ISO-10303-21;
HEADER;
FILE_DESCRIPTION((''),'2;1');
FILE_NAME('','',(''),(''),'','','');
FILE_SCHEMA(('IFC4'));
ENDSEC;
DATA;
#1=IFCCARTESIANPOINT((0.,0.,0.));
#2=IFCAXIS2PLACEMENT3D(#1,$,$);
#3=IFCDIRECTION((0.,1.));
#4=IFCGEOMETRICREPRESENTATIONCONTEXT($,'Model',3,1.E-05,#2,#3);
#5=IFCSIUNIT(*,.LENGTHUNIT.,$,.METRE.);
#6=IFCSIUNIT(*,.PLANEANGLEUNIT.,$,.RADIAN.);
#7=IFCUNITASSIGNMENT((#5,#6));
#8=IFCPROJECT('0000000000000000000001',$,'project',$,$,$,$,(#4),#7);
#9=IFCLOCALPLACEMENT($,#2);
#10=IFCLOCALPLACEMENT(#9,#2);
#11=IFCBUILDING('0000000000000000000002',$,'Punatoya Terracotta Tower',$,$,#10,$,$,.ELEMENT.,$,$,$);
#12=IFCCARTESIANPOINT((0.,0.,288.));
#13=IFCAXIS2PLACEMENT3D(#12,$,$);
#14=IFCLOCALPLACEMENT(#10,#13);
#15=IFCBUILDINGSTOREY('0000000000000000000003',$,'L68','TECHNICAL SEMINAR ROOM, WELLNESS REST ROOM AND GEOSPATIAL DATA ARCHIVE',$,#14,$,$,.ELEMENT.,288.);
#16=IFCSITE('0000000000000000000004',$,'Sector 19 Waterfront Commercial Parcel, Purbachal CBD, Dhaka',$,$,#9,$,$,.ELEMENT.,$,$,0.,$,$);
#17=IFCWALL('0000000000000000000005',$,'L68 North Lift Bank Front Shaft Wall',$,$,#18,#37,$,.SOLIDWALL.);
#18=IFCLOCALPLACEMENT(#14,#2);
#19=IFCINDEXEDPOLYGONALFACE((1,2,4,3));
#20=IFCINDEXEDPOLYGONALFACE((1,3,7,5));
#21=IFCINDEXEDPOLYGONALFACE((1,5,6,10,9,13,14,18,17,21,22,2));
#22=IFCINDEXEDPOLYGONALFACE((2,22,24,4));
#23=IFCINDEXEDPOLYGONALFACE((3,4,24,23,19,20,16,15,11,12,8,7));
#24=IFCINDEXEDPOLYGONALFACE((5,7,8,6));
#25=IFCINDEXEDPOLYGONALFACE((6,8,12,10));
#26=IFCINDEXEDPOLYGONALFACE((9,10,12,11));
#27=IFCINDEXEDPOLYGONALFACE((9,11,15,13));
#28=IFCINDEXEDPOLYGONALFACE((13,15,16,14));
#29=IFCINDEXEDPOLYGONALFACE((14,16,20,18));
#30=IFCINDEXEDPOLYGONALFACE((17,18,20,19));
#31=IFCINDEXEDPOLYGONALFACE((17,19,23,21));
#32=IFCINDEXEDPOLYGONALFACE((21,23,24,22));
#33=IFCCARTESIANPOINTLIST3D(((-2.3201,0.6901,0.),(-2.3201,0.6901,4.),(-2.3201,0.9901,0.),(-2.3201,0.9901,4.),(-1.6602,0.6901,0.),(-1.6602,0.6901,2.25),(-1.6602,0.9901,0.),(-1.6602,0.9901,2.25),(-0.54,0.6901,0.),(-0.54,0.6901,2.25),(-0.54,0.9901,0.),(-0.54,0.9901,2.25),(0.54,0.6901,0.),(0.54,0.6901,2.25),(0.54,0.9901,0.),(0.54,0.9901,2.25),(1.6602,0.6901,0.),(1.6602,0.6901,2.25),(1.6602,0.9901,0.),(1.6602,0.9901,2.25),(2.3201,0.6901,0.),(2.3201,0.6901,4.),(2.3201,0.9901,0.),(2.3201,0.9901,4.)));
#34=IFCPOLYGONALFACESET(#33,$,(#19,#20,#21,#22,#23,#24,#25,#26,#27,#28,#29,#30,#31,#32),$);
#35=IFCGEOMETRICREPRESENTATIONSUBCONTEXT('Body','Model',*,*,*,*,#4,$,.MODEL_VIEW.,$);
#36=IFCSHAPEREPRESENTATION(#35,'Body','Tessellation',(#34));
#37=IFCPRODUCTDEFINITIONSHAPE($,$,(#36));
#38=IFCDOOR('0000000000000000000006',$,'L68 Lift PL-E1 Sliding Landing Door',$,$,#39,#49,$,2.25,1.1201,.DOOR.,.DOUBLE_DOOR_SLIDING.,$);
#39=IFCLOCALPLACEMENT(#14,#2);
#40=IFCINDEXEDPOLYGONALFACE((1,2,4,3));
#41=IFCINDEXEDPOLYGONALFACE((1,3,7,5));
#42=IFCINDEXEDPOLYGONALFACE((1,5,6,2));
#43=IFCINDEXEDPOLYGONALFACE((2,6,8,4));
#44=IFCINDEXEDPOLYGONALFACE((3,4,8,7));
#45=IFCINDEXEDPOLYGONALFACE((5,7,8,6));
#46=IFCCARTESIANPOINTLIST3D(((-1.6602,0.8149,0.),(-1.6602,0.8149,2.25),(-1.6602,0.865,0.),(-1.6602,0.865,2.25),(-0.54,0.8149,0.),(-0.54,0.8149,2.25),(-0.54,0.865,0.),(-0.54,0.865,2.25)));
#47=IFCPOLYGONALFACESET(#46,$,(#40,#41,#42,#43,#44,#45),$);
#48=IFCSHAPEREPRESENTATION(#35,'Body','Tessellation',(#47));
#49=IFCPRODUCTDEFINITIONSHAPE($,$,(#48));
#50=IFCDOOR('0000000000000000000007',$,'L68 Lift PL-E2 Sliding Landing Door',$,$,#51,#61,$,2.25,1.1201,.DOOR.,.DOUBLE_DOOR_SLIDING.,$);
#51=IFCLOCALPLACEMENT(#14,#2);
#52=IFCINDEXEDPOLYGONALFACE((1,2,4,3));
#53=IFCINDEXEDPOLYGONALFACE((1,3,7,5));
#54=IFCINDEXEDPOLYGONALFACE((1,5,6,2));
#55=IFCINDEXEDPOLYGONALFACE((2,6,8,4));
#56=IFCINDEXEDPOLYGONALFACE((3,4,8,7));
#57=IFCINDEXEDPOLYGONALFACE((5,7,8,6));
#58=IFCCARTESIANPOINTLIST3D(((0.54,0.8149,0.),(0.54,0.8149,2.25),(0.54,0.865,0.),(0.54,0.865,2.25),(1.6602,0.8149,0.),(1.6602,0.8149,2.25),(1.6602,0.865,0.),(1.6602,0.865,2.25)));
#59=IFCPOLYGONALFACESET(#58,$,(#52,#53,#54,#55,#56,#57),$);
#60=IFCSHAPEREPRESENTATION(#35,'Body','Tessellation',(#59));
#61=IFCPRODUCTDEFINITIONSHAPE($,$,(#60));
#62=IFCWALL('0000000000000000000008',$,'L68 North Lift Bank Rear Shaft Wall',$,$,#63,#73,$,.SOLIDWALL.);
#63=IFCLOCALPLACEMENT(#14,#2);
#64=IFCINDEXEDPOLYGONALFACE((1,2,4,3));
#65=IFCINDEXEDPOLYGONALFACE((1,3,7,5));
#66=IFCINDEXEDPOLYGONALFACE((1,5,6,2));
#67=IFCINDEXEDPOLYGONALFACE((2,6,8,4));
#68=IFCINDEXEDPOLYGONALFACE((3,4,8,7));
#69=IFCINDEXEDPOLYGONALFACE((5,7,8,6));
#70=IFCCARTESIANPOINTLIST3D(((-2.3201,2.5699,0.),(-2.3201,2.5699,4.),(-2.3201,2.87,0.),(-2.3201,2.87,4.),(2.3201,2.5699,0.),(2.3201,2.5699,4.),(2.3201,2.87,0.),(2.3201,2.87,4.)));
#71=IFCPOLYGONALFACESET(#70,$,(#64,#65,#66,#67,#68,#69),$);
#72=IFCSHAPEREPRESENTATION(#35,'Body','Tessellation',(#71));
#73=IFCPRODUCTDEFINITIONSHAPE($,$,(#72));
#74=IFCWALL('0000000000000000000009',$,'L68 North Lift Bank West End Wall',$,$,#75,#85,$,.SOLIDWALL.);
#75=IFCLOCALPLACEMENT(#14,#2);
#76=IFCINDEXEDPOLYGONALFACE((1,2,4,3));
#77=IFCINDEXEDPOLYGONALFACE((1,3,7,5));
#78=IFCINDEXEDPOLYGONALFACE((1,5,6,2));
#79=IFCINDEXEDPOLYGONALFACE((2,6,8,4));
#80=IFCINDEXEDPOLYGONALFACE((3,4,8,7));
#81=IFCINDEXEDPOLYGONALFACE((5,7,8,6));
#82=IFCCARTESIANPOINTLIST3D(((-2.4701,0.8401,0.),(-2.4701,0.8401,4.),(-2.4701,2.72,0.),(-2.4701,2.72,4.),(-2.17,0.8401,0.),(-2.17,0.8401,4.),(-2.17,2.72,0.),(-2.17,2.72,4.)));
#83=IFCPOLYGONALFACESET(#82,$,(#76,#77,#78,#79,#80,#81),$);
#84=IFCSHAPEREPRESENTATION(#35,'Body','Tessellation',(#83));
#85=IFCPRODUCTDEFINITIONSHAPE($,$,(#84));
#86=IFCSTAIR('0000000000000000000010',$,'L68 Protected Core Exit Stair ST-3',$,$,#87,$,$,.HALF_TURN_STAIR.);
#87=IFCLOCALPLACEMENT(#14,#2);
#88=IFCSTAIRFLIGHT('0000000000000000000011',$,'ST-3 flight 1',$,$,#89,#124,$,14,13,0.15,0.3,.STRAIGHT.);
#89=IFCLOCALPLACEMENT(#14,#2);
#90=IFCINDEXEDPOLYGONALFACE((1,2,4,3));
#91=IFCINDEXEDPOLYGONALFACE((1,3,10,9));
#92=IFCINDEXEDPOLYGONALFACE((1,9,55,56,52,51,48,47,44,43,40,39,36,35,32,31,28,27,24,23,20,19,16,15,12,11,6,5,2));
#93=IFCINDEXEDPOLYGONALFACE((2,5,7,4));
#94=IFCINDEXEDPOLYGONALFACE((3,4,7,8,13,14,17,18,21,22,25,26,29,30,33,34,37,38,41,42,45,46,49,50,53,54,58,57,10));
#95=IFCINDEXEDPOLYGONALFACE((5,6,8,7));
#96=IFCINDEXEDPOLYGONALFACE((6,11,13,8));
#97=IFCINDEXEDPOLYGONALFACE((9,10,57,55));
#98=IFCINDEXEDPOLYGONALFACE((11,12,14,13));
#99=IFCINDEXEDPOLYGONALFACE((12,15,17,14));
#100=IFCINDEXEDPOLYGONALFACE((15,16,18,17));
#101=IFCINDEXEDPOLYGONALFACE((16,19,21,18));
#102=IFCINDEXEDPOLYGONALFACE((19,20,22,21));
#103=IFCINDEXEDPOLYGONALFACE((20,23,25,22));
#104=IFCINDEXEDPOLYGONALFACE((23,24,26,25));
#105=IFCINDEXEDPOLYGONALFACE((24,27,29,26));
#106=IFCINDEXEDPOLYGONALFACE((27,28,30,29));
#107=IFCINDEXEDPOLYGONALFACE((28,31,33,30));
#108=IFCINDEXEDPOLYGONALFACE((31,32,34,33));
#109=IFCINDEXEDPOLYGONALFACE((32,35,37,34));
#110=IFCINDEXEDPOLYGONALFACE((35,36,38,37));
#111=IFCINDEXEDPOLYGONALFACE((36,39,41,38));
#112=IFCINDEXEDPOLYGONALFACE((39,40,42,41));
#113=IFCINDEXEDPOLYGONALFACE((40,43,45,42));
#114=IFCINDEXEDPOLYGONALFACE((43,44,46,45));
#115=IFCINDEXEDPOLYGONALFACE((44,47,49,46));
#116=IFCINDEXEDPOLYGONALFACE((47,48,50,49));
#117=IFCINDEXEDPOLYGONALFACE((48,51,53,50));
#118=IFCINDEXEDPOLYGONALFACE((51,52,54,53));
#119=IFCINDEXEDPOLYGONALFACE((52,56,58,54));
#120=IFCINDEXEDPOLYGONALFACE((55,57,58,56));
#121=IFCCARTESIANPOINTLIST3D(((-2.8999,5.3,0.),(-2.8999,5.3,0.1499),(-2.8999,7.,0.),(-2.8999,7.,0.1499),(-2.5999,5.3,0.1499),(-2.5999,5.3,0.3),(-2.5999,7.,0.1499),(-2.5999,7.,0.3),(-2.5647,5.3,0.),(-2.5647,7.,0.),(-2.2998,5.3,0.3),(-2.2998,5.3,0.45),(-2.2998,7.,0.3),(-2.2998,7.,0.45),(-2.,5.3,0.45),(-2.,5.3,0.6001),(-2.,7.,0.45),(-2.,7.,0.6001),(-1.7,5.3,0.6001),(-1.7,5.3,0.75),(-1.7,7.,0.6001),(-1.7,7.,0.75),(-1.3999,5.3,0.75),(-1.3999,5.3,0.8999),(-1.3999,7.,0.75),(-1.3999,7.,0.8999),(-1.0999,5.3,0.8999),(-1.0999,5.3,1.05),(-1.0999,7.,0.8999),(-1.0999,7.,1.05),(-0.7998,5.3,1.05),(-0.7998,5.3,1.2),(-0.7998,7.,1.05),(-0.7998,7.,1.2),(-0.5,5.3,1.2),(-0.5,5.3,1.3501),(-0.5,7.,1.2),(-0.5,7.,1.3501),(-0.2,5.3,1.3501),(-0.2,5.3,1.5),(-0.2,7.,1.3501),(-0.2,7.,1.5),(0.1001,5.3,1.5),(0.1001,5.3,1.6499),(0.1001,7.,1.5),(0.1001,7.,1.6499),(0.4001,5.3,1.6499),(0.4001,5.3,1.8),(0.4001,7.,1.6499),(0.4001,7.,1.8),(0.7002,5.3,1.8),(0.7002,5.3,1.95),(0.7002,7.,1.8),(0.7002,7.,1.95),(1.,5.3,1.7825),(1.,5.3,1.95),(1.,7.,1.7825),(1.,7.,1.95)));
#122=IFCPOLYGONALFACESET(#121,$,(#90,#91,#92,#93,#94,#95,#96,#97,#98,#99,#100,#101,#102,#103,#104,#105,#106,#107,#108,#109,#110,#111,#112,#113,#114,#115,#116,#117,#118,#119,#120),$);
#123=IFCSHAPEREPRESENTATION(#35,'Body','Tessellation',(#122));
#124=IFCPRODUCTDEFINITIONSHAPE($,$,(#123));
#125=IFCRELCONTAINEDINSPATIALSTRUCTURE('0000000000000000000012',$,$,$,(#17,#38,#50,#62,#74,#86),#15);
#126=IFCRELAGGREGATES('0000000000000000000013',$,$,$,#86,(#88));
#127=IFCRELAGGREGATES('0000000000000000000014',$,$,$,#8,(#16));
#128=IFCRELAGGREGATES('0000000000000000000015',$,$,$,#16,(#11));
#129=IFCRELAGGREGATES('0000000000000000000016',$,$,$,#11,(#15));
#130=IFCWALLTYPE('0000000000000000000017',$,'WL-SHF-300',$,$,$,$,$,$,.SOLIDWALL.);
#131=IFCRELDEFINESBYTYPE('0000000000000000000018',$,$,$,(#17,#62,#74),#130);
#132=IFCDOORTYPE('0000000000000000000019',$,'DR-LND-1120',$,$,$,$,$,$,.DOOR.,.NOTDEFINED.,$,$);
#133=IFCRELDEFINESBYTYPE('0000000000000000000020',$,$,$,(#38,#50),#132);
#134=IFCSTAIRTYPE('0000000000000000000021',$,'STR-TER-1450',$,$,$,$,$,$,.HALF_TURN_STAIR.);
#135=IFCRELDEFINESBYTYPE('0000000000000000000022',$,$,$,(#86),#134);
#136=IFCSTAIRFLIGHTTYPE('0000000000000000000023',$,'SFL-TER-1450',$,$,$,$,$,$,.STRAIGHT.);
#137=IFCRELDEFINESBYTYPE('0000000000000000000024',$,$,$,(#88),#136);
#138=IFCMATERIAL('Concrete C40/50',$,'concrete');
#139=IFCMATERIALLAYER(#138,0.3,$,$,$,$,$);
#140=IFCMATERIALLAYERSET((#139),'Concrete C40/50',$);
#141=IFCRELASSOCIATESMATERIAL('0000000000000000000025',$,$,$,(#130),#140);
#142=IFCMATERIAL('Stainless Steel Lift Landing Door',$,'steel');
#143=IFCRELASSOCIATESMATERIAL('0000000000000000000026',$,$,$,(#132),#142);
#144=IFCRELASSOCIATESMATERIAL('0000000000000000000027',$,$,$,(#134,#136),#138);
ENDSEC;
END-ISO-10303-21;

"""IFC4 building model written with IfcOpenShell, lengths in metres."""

from ifc_helpers import new_model, si_unit, direction, frame, frame_2d, origin, place, context, subcontext, project, spatial, polyline, rectangle, outline, extrude, material, layer, layer_set, type_object, element, fill, aggregate, save


model = new_model("IFC4")

# Units and contexts
model_context = context("Model", 3, precision=1e-05, world=origin(), true_north=direction((0.0, 1.0)))
body_context = subcontext(model_context, "Body", "Model", "MODEL_VIEW")
ifc_project = project(units=[si_unit("LENGTHUNIT", "METRE"), si_unit("PLANEANGLEUNIT", "RADIAN")], contexts=[model_context])

# Site, building, storey
site_placement = place(None, origin())
site = spatial("IfcSite", under=ifc_project, at=site_placement, Name="Sector 19 Waterfront Commercial Parcel, Purbachal CBD, Dhaka", CompositionType="ELEMENT", RefElevation=0.0)
building_placement = place(site_placement, origin())
building = spatial("IfcBuilding", under=site, at=building_placement, Name="Punatoya Terracotta Tower", CompositionType="ELEMENT")
storey_placement = place(building_placement, frame((0.0, 0.0, 288.0)))
storey = spatial("IfcBuildingStorey", under=building, at=storey_placement, Name="L68", Description="TECHNICAL SEMINAR ROOM, WELLNESS REST ROOM AND GEOSPATIAL DATA ARCHIVE", CompositionType="ELEMENT", Elevation=288.0)

# Shared definitions
ifc_material_1 = material(Name="Concrete C40/50", Category="concrete")

# Shared definitions
ifc_layer_1 = layer(ifc_material_1, 0.3)
ifc_layer_set_1 = layer_set([ifc_layer_1], Name="Concrete C40/50")
wall_type_1 = type_object("IfcWallType", Name="WL-SHF-300", PredefinedType="SOLIDWALL", material=ifc_layer_set_1)

# Wall, openings, doors
wall_1_placement = place(storey_placement, frame((-2.3201, 0.8401, 0.0), z_axis=(0.0, 0.0, 1.0), x_axis=(1.0, 0.0, 0.0)))
wall_1 = element("IfcWall", 1, at=wall_1_placement, inside=storey, type_object=wall_type_1, Name="L68 North Lift Bank Front Shaft Wall", PredefinedType="SOLIDWALL", context=body_context, shape_type="SweptSolid", body=[
    extrude(rectangle(XDim=4.6401, YDim=0.3, at=frame_2d((2.3201, 0.0))), origin(), (0.0, 0.0, 1.0), 4.0),
])
opening_1_placement = place(wall_1_placement, frame((0.6599, 0.0, 0.0)))
opening_1 = element("IfcOpeningElement", 2, at=opening_1_placement, cuts=wall_1, PredefinedType="OPENING", context=body_context, shape_type="SweptSolid", body=[
    extrude(rectangle(XDim=1.1201, YDim=2.25, at=frame_2d((0.5601, 1.125))), frame((0.0, 0.1599, 0.0), z_axis=(0.0, -1.0, 0.0), x_axis=(1.0, 0.0, 0.0)), (0.0, 0.0, 1.0), 0.3201),
])
opening_2_placement = place(wall_1_placement, frame((2.8601, 0.0, 0.0)))
opening_2 = element("IfcOpeningElement", 3, at=opening_2_placement, cuts=wall_1, PredefinedType="OPENING", context=body_context, shape_type="SweptSolid", body=[
    extrude(rectangle(XDim=1.1201, YDim=2.25, at=frame_2d((0.5601, 1.125))), frame((0.0, 0.1599, 0.0), z_axis=(0.0, -1.0, 0.0), x_axis=(1.0, 0.0, 0.0)), (0.0, 0.0, 1.0), 0.3201),
])
ifc_material_2 = material(Name="Stainless Steel Lift Landing Door", Category="steel")
door_type_1 = type_object("IfcDoorType", Name="DR-LND-1120", OperationType="NOTDEFINED", PredefinedType="DOOR", material=ifc_material_2)
door_1_placement = place(opening_1_placement, origin())
door_1 = element("IfcDoor", 4, at=door_1_placement, inside=storey, type_object=door_type_1, Name="L68 Lift PL-E1 Sliding Landing Door", OperationType="DOUBLE_DOOR_SLIDING", OverallHeight=2.25, OverallWidth=1.1201, PredefinedType="DOOR", context=body_context, shape_type="SweptSolid", body=[
    extrude(rectangle(XDim=1.1201, YDim=2.25, at=frame_2d((0.5601, 1.125))), frame((0.0, 0.0249, 0.0), z_axis=(0.0, -1.0, 0.0), x_axis=(1.0, 0.0, 0.0)), (0.0, 0.0, 1.0), 0.05),
])
fill(opening_1, door_1)
door_2_placement = place(opening_2_placement, origin())
door_2 = element("IfcDoor", 5, at=door_2_placement, inside=storey, type_object=door_type_1, Name="L68 Lift PL-E2 Sliding Landing Door", OperationType="DOUBLE_DOOR_SLIDING", OverallHeight=2.25, OverallWidth=1.1201, PredefinedType="DOOR", context=body_context, shape_type="SweptSolid", body=[
    extrude(rectangle(XDim=1.1201, YDim=2.25, at=frame_2d((0.5601, 1.125))), frame((0.0, 0.0249, 0.0), z_axis=(0.0, -1.0, 0.0), x_axis=(1.0, 0.0, 0.0)), (0.0, 0.0, 1.0), 0.05),
])
fill(opening_2, door_2)

# Walls
wall_2_placement = place(storey_placement, frame((-2.3201, 2.72, 0.0), z_axis=(0.0, 0.0, 1.0), x_axis=(1.0, 0.0, 0.0)))
element("IfcWall", 6, at=wall_2_placement, inside=storey, type_object=wall_type_1, Name="L68 North Lift Bank Rear Shaft Wall", PredefinedType="SOLIDWALL", context=body_context, shape_type="SweptSolid", body=[
    extrude(rectangle(XDim=4.6401, YDim=0.3, at=frame_2d((2.3201, 0.0))), origin(), (0.0, 0.0, 1.0), 4.0),
])
wall_3_placement = place(storey_placement, frame((-2.3201, 0.8401, 0.0), z_axis=(0.0, 0.0, 1.0), x_axis=(0.0, 1.0, 0.0)))
element("IfcWall", 7, at=wall_3_placement, inside=storey, type_object=wall_type_1, Name="L68 North Lift Bank West End Wall", PredefinedType="SOLIDWALL", context=body_context, shape_type="SweptSolid", body=[
    extrude(rectangle(XDim=1.8799, YDim=0.3, at=frame_2d((0.9399, 0.0))), origin(), (0.0, 0.0, 1.0), 4.0),
])

# Stair, stair flight
stair_type = type_object("IfcStairType", Name="STR-TER-1450", PredefinedType="HALF_TURN_STAIR", material=ifc_material_1)
stair_placement = place(storey_placement, origin())
stair = element("IfcStair", 8, at=stair_placement, inside=storey, type_object=stair_type, Name="L68 Protected Core Exit Stair ST-3", PredefinedType="HALF_TURN_STAIR")
stair_flight_type = type_object("IfcStairFlightType", Name="SFL-TER-1450", PredefinedType="STRAIGHT", material=ifc_material_1)
stair_flight_placement = place(storey_placement, frame((-2.8999, 6.1499, 0.0), z_axis=(0.0, 0.0, 1.0), x_axis=(1.0, 0.0, 0.0)))
stair_flight = element("IfcStairFlight", 9, at=stair_flight_placement, type_object=stair_flight_type, Name="ST-3 flight 1", NumberOfRisers=14, NumberOfTreads=13, PredefinedType="STRAIGHT", RiserHeight=0.15, TreadLength=0.3, context=body_context, shape_type="SweptSolid", body=[
    extrude(outline(polyline([(0.0, 0.0), (0.0, 0.1499), (0.3, 0.1499), (0.3, 0.3), (0.6001, 0.3), (0.6001, 0.45), (0.8999, 0.45), (0.8999, 0.6001), (1.2, 0.6001), (1.2, 0.75), (1.5, 0.75), (1.5, 0.8999), (1.8, 0.8999), (1.8, 1.05), (2.1001, 1.05), (2.1001, 1.2), (2.3999, 1.2), (2.3999, 1.3501), (2.7, 1.3501), (2.7, 1.5), (3.0, 1.5), (3.0, 1.6499), (3.3, 1.6499), (3.3, 1.8), (3.6001, 1.8), (3.6001, 1.95), (3.8999, 1.95), (3.8999, 2.1001), (3.8999, 1.7825), (0.3352, 0.0), (0.0, 0.0)])), frame((0.0, 0.8501, 0.0), z_axis=(0.0, -1.0, 0.0), x_axis=(1.0, 0.0, 0.0)), (0.0, 0.0, 1.0), 1.7),
])
aggregate(stair, [stair_flight])

save(model, "model.ifc")
